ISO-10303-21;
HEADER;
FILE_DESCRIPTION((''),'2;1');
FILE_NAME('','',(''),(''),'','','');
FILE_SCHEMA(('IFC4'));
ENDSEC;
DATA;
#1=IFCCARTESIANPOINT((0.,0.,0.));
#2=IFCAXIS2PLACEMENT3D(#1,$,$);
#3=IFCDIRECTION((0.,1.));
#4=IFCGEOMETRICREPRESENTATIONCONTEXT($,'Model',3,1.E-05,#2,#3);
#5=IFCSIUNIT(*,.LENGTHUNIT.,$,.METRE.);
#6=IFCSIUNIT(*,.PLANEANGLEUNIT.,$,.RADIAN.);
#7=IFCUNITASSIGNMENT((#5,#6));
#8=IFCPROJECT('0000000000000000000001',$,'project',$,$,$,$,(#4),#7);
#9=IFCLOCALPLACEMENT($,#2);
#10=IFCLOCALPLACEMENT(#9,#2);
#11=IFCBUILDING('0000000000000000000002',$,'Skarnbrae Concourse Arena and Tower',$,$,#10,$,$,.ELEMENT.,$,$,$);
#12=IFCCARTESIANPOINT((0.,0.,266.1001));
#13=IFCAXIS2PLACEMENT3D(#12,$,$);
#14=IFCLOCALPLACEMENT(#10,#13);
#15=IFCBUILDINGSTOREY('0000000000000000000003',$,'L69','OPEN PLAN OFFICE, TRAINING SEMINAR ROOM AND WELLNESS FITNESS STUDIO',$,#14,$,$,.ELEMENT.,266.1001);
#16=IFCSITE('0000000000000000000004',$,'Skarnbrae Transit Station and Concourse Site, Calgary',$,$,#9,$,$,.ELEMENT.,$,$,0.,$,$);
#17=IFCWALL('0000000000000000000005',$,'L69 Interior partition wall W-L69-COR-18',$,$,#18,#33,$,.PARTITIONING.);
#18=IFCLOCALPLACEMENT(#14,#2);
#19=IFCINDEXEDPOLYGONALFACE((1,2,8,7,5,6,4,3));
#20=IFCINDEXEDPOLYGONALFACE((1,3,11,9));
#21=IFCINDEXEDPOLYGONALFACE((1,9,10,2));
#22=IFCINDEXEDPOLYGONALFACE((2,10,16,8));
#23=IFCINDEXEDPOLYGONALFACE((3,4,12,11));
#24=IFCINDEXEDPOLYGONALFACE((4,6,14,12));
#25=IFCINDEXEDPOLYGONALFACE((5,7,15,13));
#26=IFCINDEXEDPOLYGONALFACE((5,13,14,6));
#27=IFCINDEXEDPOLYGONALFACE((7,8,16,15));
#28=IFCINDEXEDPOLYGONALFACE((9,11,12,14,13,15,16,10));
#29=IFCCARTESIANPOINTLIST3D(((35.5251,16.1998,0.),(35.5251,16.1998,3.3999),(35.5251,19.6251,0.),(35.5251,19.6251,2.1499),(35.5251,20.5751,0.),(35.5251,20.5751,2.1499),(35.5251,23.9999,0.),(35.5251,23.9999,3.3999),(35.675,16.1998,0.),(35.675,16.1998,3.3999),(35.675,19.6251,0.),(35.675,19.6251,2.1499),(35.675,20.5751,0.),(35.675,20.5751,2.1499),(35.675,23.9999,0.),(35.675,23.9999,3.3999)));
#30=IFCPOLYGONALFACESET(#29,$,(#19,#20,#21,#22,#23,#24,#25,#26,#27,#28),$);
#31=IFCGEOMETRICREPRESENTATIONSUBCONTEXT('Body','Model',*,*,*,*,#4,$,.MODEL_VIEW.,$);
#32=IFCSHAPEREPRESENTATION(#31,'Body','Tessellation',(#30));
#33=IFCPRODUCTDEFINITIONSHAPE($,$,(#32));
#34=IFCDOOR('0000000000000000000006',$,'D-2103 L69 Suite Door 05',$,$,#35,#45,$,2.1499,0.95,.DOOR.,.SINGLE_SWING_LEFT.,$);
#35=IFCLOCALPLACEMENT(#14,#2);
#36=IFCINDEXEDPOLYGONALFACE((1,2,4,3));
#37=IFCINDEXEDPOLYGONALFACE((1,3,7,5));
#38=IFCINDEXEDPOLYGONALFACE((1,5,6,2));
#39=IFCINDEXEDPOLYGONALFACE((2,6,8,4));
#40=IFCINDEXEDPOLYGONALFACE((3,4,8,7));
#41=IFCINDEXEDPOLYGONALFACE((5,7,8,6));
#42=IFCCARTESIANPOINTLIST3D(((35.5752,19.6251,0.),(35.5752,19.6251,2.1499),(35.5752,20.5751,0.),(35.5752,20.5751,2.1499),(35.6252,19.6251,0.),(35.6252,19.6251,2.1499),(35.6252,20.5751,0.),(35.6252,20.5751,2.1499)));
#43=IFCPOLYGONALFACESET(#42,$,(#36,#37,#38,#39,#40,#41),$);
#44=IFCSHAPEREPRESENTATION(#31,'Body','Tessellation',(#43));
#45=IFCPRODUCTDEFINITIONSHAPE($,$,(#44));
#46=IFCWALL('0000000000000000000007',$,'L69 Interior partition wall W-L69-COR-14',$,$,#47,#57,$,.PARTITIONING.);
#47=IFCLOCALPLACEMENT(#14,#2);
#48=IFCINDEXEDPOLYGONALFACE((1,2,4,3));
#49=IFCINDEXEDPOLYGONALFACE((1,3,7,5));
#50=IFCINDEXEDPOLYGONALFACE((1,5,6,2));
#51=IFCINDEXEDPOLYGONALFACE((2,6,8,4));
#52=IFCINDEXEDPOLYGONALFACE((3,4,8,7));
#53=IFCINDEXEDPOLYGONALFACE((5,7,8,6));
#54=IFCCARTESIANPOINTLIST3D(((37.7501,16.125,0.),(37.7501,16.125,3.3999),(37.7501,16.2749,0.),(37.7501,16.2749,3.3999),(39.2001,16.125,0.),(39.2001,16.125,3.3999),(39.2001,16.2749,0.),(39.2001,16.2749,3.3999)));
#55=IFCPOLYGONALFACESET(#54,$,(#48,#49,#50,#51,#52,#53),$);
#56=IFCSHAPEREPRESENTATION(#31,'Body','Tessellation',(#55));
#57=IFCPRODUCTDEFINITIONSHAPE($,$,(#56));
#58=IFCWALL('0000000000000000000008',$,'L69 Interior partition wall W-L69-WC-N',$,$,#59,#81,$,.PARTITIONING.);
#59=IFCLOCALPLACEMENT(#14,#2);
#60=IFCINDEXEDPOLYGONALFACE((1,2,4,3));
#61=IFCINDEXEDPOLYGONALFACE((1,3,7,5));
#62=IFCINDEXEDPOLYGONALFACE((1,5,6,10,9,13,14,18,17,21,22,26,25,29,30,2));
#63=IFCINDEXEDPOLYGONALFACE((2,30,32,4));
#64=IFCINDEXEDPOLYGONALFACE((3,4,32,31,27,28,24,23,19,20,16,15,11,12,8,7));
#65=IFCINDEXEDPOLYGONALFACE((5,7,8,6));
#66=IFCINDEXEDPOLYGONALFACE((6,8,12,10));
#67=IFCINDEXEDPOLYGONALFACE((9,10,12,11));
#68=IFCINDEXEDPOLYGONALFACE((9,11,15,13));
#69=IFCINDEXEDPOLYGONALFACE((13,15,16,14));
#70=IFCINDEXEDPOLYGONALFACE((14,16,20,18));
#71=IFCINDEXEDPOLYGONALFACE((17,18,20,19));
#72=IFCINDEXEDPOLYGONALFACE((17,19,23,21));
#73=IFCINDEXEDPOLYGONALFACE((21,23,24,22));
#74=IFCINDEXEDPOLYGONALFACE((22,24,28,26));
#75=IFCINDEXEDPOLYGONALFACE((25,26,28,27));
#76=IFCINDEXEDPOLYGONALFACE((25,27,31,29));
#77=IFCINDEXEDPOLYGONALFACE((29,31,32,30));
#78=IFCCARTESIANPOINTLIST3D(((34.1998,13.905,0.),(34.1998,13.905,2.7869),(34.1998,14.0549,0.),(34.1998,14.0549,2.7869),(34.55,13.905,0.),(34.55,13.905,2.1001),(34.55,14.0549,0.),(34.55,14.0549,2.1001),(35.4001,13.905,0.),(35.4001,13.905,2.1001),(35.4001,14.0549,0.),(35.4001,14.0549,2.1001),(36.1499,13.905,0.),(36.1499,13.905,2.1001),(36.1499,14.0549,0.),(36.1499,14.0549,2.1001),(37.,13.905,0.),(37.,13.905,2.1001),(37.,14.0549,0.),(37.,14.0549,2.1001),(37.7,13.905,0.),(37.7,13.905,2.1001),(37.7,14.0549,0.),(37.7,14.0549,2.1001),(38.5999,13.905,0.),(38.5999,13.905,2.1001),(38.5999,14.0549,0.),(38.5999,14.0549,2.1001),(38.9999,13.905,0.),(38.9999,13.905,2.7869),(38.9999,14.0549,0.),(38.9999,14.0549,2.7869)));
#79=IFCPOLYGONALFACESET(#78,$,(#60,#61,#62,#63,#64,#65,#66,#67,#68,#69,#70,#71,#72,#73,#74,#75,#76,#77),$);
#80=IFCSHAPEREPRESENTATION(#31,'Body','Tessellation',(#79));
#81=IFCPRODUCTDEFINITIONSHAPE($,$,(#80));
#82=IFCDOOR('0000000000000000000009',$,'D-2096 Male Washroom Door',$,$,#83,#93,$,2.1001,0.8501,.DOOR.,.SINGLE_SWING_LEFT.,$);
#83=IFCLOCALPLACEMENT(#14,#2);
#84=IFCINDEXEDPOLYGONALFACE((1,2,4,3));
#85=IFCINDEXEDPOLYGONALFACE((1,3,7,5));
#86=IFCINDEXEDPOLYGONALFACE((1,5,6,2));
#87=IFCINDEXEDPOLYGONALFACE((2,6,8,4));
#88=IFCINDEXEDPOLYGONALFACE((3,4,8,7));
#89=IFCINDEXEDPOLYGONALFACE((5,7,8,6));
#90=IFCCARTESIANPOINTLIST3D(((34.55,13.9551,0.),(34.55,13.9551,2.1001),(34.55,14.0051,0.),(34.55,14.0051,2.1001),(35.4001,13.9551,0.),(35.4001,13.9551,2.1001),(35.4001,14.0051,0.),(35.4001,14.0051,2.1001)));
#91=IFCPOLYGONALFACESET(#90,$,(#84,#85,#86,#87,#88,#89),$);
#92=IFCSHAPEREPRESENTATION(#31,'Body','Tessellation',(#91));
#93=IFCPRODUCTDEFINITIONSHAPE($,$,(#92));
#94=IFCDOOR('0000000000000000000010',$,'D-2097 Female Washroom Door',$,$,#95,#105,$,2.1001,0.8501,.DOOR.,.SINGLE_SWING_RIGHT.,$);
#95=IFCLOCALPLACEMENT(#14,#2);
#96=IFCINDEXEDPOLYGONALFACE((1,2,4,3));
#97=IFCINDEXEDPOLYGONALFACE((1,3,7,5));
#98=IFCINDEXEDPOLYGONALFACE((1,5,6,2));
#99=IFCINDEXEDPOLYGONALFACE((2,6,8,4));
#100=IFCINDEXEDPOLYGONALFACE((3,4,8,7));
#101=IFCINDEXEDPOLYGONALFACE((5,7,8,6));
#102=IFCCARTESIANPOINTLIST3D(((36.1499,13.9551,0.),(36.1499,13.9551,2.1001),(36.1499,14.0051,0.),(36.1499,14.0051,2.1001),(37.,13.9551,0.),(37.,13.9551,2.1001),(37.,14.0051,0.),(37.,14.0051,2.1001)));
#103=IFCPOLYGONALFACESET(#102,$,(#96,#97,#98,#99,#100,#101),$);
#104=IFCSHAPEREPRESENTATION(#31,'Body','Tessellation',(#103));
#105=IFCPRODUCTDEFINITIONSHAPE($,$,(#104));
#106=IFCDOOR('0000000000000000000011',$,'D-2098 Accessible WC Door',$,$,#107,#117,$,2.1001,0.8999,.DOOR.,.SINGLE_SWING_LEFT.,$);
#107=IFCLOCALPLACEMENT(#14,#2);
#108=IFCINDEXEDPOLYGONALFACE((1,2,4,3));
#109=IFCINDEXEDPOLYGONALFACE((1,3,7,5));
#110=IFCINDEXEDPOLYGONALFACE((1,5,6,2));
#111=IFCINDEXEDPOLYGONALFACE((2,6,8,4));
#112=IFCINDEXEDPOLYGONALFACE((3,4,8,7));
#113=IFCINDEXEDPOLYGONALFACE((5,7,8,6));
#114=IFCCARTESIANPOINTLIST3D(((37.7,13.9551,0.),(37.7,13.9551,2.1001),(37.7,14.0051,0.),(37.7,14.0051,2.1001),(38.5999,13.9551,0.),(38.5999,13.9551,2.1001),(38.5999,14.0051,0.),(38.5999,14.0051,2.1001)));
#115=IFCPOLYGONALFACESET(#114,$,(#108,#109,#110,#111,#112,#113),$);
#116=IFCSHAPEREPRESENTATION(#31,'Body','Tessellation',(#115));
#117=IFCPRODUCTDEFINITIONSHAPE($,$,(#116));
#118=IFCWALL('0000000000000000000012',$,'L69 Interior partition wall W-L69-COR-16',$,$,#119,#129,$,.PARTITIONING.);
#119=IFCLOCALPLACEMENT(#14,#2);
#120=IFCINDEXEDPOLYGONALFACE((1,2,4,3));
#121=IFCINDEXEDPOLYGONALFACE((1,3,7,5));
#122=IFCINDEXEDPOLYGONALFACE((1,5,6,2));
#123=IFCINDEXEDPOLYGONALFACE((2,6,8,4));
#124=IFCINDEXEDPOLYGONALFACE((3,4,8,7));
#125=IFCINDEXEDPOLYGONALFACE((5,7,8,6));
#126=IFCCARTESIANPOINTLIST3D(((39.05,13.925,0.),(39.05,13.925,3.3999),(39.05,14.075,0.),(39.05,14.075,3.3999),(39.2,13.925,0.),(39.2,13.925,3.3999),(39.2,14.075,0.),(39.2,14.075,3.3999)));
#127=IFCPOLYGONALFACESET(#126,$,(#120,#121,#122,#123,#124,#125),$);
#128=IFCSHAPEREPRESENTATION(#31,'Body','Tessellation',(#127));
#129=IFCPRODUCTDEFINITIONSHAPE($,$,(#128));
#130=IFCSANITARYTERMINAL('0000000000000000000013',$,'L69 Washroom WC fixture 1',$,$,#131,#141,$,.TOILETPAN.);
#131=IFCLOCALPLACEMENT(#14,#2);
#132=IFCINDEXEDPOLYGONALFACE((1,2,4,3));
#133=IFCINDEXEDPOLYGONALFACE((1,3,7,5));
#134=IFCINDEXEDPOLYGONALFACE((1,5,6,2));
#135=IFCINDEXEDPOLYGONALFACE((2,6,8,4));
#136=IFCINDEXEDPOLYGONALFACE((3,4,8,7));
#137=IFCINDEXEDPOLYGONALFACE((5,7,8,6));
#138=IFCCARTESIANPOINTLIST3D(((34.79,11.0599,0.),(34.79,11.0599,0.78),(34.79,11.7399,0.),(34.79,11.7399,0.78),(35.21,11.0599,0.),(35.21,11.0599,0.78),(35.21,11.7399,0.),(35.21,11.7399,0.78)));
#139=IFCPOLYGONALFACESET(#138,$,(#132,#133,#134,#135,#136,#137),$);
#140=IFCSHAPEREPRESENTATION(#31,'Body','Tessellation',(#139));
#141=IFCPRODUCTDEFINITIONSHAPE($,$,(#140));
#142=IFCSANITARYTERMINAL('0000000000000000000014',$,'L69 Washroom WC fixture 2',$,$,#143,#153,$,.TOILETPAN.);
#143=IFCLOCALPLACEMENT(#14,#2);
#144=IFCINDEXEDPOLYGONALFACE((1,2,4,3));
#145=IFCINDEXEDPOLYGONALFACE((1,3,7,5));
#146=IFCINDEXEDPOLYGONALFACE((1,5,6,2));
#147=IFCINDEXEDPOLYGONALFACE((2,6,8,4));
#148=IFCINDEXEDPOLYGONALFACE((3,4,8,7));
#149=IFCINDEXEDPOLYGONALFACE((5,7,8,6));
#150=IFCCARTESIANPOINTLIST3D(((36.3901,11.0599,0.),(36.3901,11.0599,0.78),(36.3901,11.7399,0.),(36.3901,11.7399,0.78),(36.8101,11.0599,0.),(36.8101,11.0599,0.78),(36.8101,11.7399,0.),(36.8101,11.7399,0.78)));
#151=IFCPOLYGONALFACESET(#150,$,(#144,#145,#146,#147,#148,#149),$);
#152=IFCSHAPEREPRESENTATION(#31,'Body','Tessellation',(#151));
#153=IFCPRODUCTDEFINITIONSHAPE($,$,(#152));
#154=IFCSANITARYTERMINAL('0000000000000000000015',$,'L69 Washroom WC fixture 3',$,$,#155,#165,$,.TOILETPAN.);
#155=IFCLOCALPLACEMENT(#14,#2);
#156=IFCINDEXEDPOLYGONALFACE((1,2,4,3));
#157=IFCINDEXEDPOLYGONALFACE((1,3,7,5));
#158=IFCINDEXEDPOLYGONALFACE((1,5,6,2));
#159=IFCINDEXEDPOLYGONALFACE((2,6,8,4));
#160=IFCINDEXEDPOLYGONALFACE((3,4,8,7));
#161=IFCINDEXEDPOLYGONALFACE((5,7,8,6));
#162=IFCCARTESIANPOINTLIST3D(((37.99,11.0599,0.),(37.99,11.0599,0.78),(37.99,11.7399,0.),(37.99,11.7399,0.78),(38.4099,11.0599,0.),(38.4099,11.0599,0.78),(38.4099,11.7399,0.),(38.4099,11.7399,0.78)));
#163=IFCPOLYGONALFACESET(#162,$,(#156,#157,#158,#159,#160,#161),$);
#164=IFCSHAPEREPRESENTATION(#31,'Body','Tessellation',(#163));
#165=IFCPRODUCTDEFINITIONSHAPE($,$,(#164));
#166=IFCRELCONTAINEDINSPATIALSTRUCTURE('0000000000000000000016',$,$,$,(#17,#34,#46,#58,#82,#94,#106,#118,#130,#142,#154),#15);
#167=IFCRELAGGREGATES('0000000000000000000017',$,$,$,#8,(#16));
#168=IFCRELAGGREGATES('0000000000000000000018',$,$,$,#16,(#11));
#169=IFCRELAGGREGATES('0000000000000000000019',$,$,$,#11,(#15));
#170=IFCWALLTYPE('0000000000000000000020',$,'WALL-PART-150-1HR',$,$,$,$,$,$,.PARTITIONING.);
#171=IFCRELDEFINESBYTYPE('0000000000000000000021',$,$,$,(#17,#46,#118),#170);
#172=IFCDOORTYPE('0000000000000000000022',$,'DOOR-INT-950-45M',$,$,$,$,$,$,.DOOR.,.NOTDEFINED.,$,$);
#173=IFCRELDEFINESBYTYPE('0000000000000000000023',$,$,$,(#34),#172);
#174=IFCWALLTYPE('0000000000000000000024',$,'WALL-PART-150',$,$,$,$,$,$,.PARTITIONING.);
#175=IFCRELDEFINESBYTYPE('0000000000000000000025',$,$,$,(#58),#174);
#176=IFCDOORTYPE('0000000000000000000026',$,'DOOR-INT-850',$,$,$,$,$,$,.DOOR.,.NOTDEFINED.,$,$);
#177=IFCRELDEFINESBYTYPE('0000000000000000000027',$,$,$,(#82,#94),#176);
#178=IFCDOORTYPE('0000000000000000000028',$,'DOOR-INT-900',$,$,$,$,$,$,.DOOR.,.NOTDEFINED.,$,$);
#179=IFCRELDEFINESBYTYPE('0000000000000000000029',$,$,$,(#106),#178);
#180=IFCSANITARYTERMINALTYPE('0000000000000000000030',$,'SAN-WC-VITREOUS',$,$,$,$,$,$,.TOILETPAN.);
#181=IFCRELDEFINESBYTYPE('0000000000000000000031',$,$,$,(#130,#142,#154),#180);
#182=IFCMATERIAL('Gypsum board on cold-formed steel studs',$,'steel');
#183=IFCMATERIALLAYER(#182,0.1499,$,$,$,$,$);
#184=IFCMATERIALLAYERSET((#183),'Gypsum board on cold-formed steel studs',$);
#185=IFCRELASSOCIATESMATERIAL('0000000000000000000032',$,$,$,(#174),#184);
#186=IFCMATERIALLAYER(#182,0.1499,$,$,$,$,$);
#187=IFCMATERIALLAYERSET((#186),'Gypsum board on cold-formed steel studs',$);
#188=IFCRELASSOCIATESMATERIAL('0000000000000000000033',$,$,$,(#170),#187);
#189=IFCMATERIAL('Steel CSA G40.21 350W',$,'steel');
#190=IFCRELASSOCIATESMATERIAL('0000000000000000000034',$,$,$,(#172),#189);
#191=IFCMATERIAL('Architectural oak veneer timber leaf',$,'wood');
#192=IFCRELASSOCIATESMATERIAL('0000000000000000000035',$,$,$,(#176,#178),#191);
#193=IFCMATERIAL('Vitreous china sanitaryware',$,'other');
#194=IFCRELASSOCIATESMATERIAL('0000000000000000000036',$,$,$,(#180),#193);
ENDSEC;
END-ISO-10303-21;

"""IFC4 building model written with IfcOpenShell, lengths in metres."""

from ifc_helpers import new_model, si_unit, direction, frame, frame_2d, origin, origin_2d, place, context, subcontext, project, spatial, rectangle, extrude, source, transform, mapped, material, layer, layer_set, type_object, element, fill, save


model = new_model("IFC4")

# Units and contexts
model_context = context("Model", 3, precision=1e-05, world=origin(), true_north=direction((0.0, 1.0)))
body_context = subcontext(model_context, "Body", "Model", "MODEL_VIEW")
ifc_project = project(units=[si_unit("LENGTHUNIT", "METRE"), si_unit("PLANEANGLEUNIT", "RADIAN")], contexts=[model_context])

# Site, building, storey
site_placement = place(None, origin())
site = spatial("IfcSite", under=ifc_project, at=site_placement, Name="Skarnbrae Transit Station and Concourse Site, Calgary", CompositionType="ELEMENT", RefElevation=0.0)
building_placement = place(site_placement, origin())
building = spatial("IfcBuilding", under=site, at=building_placement, Name="Skarnbrae Concourse Arena and Tower", CompositionType="ELEMENT")
storey_placement = place(building_placement, frame((0.0, 0.0, 266.1001)))
storey = spatial("IfcBuildingStorey", under=building, at=storey_placement, Name="L69", Description="OPEN PLAN OFFICE, TRAINING SEMINAR ROOM AND WELLNESS FITNESS STUDIO", CompositionType="ELEMENT", Elevation=266.1001)

# Shared definitions
ifc_material_1 = material(Name="Steel CSA G40.21 350W", Category="steel")

# Shared definitions
ifc_material_2 = material(Name="Gypsum board on cold-formed steel studs", Category="steel")
ifc_layer_1 = layer(ifc_material_2, 0.1499)
ifc_layer_set_1 = layer_set([ifc_layer_1], Name="Gypsum board on cold-formed steel studs")
wall_type_1 = type_object("IfcWallType", Name="WALL-PART-150", PredefinedType="PARTITIONING", material=ifc_layer_set_1)
ifc_layer_2 = layer(ifc_material_2, 0.1499)
ifc_layer_set_2 = layer_set([ifc_layer_2], Name="Gypsum board on cold-formed steel studs")
wall_type_2 = type_object("IfcWallType", Name="WALL-PART-150-1HR", PredefinedType="PARTITIONING", material=ifc_layer_set_2)

# Wall, opening, door
shared_shape_1 = source(origin(), body_context, "Body", "SweptSolid", [
    extrude(rectangle(XDim=7.8, YDim=0.1499, at=frame_2d((3.8999, 0.0))), origin(), (0.0, 0.0, 1.0), 3.3999),
])
wall_1_placement = place(storey_placement, frame((35.6001, 16.2, 0.0), z_axis=(0.0, 0.0, 1.0), x_axis=(0.0, 1.0, 0.0)))
wall_1 = element("IfcWall", 1, at=wall_1_placement, inside=storey, type_object=wall_type_2, Name="L69 Interior partition wall W-L69-COR-18", PredefinedType="PARTITIONING", context=body_context, shape_type="MappedRepresentation", body=[
    mapped(shared_shape_1, transform((0.0, 0.0, 0.0))),
])
opening_1_placement = place(wall_1_placement, frame((3.425, 0.0, 0.0)))
opening_1 = element("IfcOpeningElement", 2, at=opening_1_placement, cuts=wall_1, PredefinedType="OPENING", context=body_context, shape_type="SweptSolid", body=[
    extrude(rectangle(XDim=0.95, YDim=2.1499, at=frame_2d((0.4751, 1.075))), frame((0.0, 0.085, 0.0), z_axis=(0.0, -1.0, 0.0), x_axis=(1.0, 0.0, 0.0)), (0.0, 0.0, 1.0), 0.1699),
])
door_type_1 = type_object("IfcDoorType", Name="DOOR-INT-950-45M", OperationType="NOTDEFINED", PredefinedType="DOOR", material=ifc_material_1)
shared_shape_2 = source(origin(), body_context, "Body", "SweptSolid", [
    extrude(rectangle(XDim=0.95, YDim=2.1499, at=frame_2d((0.4751, 1.075))), frame((0.0, 0.0249, 0.0), z_axis=(0.0, -1.0, 0.0), x_axis=(1.0, 0.0, 0.0)), (0.0, 0.0, 1.0), 0.05),
])
door_1_placement = place(opening_1_placement, origin())
door_1 = element("IfcDoor", 3, at=door_1_placement, inside=storey, type_object=door_type_1, Name="D-2103 L69 Suite Door 05", OperationType="SINGLE_SWING_LEFT", OverallHeight=2.1499, OverallWidth=0.95, PredefinedType="DOOR", context=body_context, shape_type="MappedRepresentation", body=[
    mapped(shared_shape_2, transform((0.0, 0.0, 0.0))),
])
fill(opening_1, door_1)

# Wall
shared_shape_3 = source(origin(), body_context, "Body", "SweptSolid", [
    extrude(rectangle(XDim=1.45, YDim=0.1499, at=frame_2d((0.7251, 0.0))), origin(), (0.0, 0.0, 1.0), 3.3999),
])
wall_2_placement = place(storey_placement, frame((37.75, 16.2, 0.0), z_axis=(0.0, 0.0, 1.0), x_axis=(1.0, 0.0, 0.0)))
element("IfcWall", 4, at=wall_2_placement, inside=storey, type_object=wall_type_2, Name="L69 Interior partition wall W-L69-COR-14", PredefinedType="PARTITIONING", context=body_context, shape_type="MappedRepresentation", body=[
    mapped(shared_shape_3, transform((0.0, 0.0, 0.0))),
])

# Wall, openings, doors
shared_shape_4 = source(origin(), body_context, "Body", "SweptSolid", [
    extrude(rectangle(XDim=4.8, YDim=0.1499, at=frame_2d((2.3999, 0.0))), origin(), (0.0, 0.0, 1.0), 2.7869),
])
wall_3_placement = place(storey_placement, frame((34.2, 13.98, 0.0), z_axis=(0.0, 0.0, 1.0), x_axis=(1.0, 0.0, 0.0)))
wall_3 = element("IfcWall", 5, at=wall_3_placement, inside=storey, type_object=wall_type_1, Name="L69 Interior partition wall W-L69-WC-N", PredefinedType="PARTITIONING", context=body_context, shape_type="MappedRepresentation", body=[
    mapped(shared_shape_4, transform((0.0, 0.0, 0.0))),
])
opening_2_placement = place(wall_3_placement, frame((0.3501, 0.0, 0.0)))
opening_2 = element("IfcOpeningElement", 6, at=opening_2_placement, cuts=wall_3, PredefinedType="OPENING", context=body_context, shape_type="SweptSolid", body=[
    extrude(rectangle(XDim=0.8501, YDim=2.1001, at=frame_2d((0.425, 1.05))), frame((0.0, 0.085, 0.0), z_axis=(0.0, -1.0, 0.0), x_axis=(1.0, 0.0, 0.0)), (0.0, 0.0, 1.0), 0.1699),
])
opening_3_placement = place(wall_3_placement, frame((1.95, 0.0, 0.0)))
opening_3 = element("IfcOpeningElement", 7, at=opening_3_placement, cuts=wall_3, PredefinedType="OPENING", context=body_context, shape_type="SweptSolid", body=[
    extrude(rectangle(XDim=0.8501, YDim=2.1001, at=frame_2d((0.425, 1.05))), frame((0.0, 0.085, 0.0), z_axis=(0.0, -1.0, 0.0), x_axis=(1.0, 0.0, 0.0)), (0.0, 0.0, 1.0), 0.1699),
])
opening_4_placement = place(wall_3_placement, frame((3.5, 0.0, 0.0)))
opening_4 = element("IfcOpeningElement", 8, at=opening_4_placement, cuts=wall_3, PredefinedType="OPENING", context=body_context, shape_type="SweptSolid", body=[
    extrude(rectangle(XDim=0.8999, YDim=2.1001, at=frame_2d((0.45, 1.05))), frame((0.0, 0.085, 0.0), z_axis=(0.0, -1.0, 0.0), x_axis=(1.0, 0.0, 0.0)), (0.0, 0.0, 1.0), 0.1699),
])
ifc_material_3 = material(Name="Architectural oak veneer timber leaf", Category="wood")
door_type_2 = type_object("IfcDoorType", Name="DOOR-INT-850", OperationType="NOTDEFINED", PredefinedType="DOOR", material=ifc_material_3)
shared_shape_5 = source(origin(), body_context, "Body", "SweptSolid", [
    extrude(rectangle(XDim=0.8501, YDim=2.1001, at=frame_2d((0.425, 1.05))), frame((0.0, 0.0249, 0.0), z_axis=(0.0, -1.0, 0.0), x_axis=(1.0, 0.0, 0.0)), (0.0, 0.0, 1.0), 0.05),
])
door_2_placement = place(opening_2_placement, frame((0.8501, 0.0, 0.0), z_axis=(0.0, 0.0, 1.0), x_axis=(-1.0, 0.0, 0.0)))
door_2 = element("IfcDoor", 9, at=door_2_placement, inside=storey, type_object=door_type_2, Name="D-2096 Male Washroom Door", OperationType="SINGLE_SWING_LEFT", OverallHeight=2.1001, OverallWidth=0.8501, PredefinedType="DOOR", context=body_context, shape_type="MappedRepresentation", body=[
    mapped(shared_shape_5, transform((0.0, 0.0, 0.0))),
])
fill(opening_2, door_2)
door_3_placement = place(opening_3_placement, frame((0.8501, 0.0, 0.0), z_axis=(0.0, 0.0, 1.0), x_axis=(-1.0, 0.0, 0.0)))
door_3 = element("IfcDoor", 10, at=door_3_placement, inside=storey, type_object=door_type_2, Name="D-2097 Female Washroom Door", OperationType="SINGLE_SWING_RIGHT", OverallHeight=2.1001, OverallWidth=0.8501, PredefinedType="DOOR", context=body_context, shape_type="MappedRepresentation", body=[
    mapped(shared_shape_5, transform((0.0, 0.0, 0.0))),
])
fill(opening_3, door_3)
door_type_3 = type_object("IfcDoorType", Name="DOOR-INT-900", OperationType="NOTDEFINED", PredefinedType="DOOR", material=ifc_material_3)
shared_shape_6 = source(origin(), body_context, "Body", "SweptSolid", [
    extrude(rectangle(XDim=0.8999, YDim=2.1001, at=frame_2d((0.45, 1.05))), frame((0.0, 0.0249, 0.0), z_axis=(0.0, -1.0, 0.0), x_axis=(1.0, 0.0, 0.0)), (0.0, 0.0, 1.0), 0.05),
])
door_4_placement = place(opening_4_placement, frame((0.8999, 0.0, 0.0), z_axis=(0.0, 0.0, 1.0), x_axis=(-1.0, 0.0, 0.0)))
door_4 = element("IfcDoor", 11, at=door_4_placement, inside=storey, type_object=door_type_3, Name="D-2098 Accessible WC Door", OperationType="SINGLE_SWING_LEFT", OverallHeight=2.1001, OverallWidth=0.8999, PredefinedType="DOOR", context=body_context, shape_type="MappedRepresentation", body=[
    mapped(shared_shape_6, transform((0.0, 0.0, 0.0))),
])
fill(opening_4, door_4)

# Wall
shared_shape_7 = source(origin(), body_context, "Body", "SweptSolid", [
    extrude(rectangle(XDim=0.1499, YDim=0.1499, at=frame_2d((0.075, 0.0))), origin(), (0.0, 0.0, 1.0), 3.3999),
])
wall_4_placement = place(storey_placement, frame((39.2, 14.0, 0.0), z_axis=(0.0, 0.0, 1.0), x_axis=(-1.0, 0.0, 0.0)))
element("IfcWall", 12, at=wall_4_placement, inside=storey, type_object=wall_type_2, Name="L69 Interior partition wall W-L69-COR-16", PredefinedType="PARTITIONING", context=body_context, shape_type="MappedRepresentation", body=[
    mapped(shared_shape_7, transform((0.0, 0.0, 0.0))),
])

# Sanitary terminals
ifc_material_4 = material(Name="Vitreous china sanitaryware", Category="other")
sanitary_terminal_type = type_object("IfcSanitaryTerminalType", Name="SAN-WC-VITREOUS", PredefinedType="TOILETPAN", material=ifc_material_4)
shared_shape_8 = source(origin(), body_context, "Body", "SweptSolid", [
    extrude(rectangle(XDim=0.4199, YDim=0.6799, at=origin_2d()), origin(), (0.0, 0.0, 1.0), 0.78),
])
for number, where, z_axis, x_axis, name in (
    (13, (35.0, 11.3999, 0.0), (0.0, 0.0, 1.0), (1.0, 0.0, 0.0), "L69 Washroom WC fixture 1"),
    (14, (36.6001, 11.3999, 0.0), (0.0, 0.0, 1.0), (1.0, 0.0, 0.0), "L69 Washroom WC fixture 2"),
    (15, (38.2, 11.3999, 0.0), (0.0, 0.0, 1.0), (1.0, 0.0, 0.0), "L69 Washroom WC fixture 3"),
):
    element("IfcSanitaryTerminal", number, at=place(storey_placement, frame(where, z_axis=z_axis, x_axis=x_axis)), inside=storey, type_object=sanitary_terminal_type, Name=name, PredefinedType="TOILETPAN", context=body_context, shape_type="MappedRepresentation", body=[
        mapped(shared_shape_8, transform((0.0, 0.0, 0.0))),
    ])

save(model, "model.ifc")
